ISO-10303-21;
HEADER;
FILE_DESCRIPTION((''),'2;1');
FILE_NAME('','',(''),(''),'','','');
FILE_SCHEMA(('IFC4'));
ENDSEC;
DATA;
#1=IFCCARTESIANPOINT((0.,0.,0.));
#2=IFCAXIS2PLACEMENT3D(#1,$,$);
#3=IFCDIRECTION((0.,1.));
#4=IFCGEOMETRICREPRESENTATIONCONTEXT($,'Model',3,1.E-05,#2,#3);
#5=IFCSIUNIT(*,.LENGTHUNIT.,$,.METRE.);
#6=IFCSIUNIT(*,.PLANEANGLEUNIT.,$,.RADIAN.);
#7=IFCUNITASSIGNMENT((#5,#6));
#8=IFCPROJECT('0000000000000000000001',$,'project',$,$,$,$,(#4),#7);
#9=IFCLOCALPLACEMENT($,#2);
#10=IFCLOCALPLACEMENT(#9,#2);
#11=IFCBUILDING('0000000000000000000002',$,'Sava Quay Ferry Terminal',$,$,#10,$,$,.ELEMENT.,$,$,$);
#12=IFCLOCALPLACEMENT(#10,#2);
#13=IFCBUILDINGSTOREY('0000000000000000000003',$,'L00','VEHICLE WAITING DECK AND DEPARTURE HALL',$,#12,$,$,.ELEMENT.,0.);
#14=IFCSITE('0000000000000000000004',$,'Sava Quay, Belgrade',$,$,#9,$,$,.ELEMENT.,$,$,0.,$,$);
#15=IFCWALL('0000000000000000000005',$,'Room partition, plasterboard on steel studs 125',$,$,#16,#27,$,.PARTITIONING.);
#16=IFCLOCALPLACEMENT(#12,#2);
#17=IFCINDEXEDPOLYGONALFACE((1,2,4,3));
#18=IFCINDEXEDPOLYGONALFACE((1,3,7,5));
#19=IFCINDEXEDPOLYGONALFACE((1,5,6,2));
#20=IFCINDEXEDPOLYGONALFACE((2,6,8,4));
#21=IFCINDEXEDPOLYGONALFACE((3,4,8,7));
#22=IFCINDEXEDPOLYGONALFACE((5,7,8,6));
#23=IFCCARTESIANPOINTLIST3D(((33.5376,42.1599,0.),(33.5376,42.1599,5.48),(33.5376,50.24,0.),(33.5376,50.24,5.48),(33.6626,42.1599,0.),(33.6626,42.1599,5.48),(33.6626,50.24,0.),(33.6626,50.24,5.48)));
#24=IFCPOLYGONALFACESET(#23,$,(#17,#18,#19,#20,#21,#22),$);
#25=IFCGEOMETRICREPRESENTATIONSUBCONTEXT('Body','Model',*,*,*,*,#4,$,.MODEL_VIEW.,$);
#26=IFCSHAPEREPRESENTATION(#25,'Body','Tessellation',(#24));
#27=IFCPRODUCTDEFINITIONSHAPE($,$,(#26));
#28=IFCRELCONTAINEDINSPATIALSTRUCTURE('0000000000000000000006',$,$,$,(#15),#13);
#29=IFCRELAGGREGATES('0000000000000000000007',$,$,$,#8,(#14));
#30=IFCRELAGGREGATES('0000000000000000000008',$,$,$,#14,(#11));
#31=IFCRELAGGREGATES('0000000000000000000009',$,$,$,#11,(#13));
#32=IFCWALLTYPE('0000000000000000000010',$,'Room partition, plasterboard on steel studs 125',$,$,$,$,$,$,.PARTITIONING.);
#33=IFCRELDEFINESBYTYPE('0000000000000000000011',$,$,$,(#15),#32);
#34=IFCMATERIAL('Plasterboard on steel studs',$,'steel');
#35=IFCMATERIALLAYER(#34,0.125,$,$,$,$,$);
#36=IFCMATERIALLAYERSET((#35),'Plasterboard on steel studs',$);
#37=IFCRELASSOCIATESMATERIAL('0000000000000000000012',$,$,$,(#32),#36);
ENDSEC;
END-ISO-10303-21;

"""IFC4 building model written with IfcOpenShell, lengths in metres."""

from ifc_helpers import new_model, si_unit, direction, frame, frame_2d, origin, place, context, subcontext, project, spatial, rectangle, extrude, material, layer, layer_set, type_object, element, save


model = new_model("IFC4")

# Units and contexts
model_context = context("Model", 3, precision=1e-05, world=origin(), true_north=direction((0.0, 1.0)))
body_context = subcontext(model_context, "Body", "Model", "MODEL_VIEW")
ifc_project = project(units=[si_unit("LENGTHUNIT", "METRE"), si_unit("PLANEANGLEUNIT", "RADIAN")], contexts=[model_context])

# Site, building, storey
site_placement = place(None, origin())
site = spatial("IfcSite", under=ifc_project, at=site_placement, Name="Sava Quay, Belgrade", CompositionType="ELEMENT", RefElevation=0.0)
building_placement = place(site_placement, origin())
building = spatial("IfcBuilding", under=site, at=building_placement, Name="Sava Quay Ferry Terminal", CompositionType="ELEMENT")
storey_placement = place(building_placement, origin())
storey = spatial("IfcBuildingStorey", under=building, at=storey_placement, Name="L00", Description="VEHICLE WAITING DECK AND DEPARTURE HALL", CompositionType="ELEMENT", Elevation=0.0)

# Wall
ifc_material_1 = material(Name="Plasterboard on steel studs", Category="steel")
ifc_layer_1 = layer(ifc_material_1, 0.125)
ifc_layer_set_1 = layer_set([ifc_layer_1], Name="Plasterboard on steel studs")
wall_type_1 = type_object("IfcWallType", Name="Room partition, plasterboard on steel studs 125", PredefinedType="PARTITIONING", material=ifc_layer_set_1)
wall_1_placement = place(storey_placement, frame((33.6001, 42.1599, 0.0), z_axis=(0.0, 0.0, 1.0), x_axis=(0.0, 1.0, 0.0)))
element("IfcWall", 1, at=wall_1_placement, inside=storey, type_object=wall_type_1, Name="Room partition, plasterboard on steel studs 125", PredefinedType="PARTITIONING", context=body_context, shape_type="SweptSolid", body=[
    extrude(rectangle(XDim=8.0801, YDim=0.125, at=frame_2d((4.04, 0.0))), origin(), (0.0, 0.0, 1.0), 5.48),
])

save(model, "model.ifc")
